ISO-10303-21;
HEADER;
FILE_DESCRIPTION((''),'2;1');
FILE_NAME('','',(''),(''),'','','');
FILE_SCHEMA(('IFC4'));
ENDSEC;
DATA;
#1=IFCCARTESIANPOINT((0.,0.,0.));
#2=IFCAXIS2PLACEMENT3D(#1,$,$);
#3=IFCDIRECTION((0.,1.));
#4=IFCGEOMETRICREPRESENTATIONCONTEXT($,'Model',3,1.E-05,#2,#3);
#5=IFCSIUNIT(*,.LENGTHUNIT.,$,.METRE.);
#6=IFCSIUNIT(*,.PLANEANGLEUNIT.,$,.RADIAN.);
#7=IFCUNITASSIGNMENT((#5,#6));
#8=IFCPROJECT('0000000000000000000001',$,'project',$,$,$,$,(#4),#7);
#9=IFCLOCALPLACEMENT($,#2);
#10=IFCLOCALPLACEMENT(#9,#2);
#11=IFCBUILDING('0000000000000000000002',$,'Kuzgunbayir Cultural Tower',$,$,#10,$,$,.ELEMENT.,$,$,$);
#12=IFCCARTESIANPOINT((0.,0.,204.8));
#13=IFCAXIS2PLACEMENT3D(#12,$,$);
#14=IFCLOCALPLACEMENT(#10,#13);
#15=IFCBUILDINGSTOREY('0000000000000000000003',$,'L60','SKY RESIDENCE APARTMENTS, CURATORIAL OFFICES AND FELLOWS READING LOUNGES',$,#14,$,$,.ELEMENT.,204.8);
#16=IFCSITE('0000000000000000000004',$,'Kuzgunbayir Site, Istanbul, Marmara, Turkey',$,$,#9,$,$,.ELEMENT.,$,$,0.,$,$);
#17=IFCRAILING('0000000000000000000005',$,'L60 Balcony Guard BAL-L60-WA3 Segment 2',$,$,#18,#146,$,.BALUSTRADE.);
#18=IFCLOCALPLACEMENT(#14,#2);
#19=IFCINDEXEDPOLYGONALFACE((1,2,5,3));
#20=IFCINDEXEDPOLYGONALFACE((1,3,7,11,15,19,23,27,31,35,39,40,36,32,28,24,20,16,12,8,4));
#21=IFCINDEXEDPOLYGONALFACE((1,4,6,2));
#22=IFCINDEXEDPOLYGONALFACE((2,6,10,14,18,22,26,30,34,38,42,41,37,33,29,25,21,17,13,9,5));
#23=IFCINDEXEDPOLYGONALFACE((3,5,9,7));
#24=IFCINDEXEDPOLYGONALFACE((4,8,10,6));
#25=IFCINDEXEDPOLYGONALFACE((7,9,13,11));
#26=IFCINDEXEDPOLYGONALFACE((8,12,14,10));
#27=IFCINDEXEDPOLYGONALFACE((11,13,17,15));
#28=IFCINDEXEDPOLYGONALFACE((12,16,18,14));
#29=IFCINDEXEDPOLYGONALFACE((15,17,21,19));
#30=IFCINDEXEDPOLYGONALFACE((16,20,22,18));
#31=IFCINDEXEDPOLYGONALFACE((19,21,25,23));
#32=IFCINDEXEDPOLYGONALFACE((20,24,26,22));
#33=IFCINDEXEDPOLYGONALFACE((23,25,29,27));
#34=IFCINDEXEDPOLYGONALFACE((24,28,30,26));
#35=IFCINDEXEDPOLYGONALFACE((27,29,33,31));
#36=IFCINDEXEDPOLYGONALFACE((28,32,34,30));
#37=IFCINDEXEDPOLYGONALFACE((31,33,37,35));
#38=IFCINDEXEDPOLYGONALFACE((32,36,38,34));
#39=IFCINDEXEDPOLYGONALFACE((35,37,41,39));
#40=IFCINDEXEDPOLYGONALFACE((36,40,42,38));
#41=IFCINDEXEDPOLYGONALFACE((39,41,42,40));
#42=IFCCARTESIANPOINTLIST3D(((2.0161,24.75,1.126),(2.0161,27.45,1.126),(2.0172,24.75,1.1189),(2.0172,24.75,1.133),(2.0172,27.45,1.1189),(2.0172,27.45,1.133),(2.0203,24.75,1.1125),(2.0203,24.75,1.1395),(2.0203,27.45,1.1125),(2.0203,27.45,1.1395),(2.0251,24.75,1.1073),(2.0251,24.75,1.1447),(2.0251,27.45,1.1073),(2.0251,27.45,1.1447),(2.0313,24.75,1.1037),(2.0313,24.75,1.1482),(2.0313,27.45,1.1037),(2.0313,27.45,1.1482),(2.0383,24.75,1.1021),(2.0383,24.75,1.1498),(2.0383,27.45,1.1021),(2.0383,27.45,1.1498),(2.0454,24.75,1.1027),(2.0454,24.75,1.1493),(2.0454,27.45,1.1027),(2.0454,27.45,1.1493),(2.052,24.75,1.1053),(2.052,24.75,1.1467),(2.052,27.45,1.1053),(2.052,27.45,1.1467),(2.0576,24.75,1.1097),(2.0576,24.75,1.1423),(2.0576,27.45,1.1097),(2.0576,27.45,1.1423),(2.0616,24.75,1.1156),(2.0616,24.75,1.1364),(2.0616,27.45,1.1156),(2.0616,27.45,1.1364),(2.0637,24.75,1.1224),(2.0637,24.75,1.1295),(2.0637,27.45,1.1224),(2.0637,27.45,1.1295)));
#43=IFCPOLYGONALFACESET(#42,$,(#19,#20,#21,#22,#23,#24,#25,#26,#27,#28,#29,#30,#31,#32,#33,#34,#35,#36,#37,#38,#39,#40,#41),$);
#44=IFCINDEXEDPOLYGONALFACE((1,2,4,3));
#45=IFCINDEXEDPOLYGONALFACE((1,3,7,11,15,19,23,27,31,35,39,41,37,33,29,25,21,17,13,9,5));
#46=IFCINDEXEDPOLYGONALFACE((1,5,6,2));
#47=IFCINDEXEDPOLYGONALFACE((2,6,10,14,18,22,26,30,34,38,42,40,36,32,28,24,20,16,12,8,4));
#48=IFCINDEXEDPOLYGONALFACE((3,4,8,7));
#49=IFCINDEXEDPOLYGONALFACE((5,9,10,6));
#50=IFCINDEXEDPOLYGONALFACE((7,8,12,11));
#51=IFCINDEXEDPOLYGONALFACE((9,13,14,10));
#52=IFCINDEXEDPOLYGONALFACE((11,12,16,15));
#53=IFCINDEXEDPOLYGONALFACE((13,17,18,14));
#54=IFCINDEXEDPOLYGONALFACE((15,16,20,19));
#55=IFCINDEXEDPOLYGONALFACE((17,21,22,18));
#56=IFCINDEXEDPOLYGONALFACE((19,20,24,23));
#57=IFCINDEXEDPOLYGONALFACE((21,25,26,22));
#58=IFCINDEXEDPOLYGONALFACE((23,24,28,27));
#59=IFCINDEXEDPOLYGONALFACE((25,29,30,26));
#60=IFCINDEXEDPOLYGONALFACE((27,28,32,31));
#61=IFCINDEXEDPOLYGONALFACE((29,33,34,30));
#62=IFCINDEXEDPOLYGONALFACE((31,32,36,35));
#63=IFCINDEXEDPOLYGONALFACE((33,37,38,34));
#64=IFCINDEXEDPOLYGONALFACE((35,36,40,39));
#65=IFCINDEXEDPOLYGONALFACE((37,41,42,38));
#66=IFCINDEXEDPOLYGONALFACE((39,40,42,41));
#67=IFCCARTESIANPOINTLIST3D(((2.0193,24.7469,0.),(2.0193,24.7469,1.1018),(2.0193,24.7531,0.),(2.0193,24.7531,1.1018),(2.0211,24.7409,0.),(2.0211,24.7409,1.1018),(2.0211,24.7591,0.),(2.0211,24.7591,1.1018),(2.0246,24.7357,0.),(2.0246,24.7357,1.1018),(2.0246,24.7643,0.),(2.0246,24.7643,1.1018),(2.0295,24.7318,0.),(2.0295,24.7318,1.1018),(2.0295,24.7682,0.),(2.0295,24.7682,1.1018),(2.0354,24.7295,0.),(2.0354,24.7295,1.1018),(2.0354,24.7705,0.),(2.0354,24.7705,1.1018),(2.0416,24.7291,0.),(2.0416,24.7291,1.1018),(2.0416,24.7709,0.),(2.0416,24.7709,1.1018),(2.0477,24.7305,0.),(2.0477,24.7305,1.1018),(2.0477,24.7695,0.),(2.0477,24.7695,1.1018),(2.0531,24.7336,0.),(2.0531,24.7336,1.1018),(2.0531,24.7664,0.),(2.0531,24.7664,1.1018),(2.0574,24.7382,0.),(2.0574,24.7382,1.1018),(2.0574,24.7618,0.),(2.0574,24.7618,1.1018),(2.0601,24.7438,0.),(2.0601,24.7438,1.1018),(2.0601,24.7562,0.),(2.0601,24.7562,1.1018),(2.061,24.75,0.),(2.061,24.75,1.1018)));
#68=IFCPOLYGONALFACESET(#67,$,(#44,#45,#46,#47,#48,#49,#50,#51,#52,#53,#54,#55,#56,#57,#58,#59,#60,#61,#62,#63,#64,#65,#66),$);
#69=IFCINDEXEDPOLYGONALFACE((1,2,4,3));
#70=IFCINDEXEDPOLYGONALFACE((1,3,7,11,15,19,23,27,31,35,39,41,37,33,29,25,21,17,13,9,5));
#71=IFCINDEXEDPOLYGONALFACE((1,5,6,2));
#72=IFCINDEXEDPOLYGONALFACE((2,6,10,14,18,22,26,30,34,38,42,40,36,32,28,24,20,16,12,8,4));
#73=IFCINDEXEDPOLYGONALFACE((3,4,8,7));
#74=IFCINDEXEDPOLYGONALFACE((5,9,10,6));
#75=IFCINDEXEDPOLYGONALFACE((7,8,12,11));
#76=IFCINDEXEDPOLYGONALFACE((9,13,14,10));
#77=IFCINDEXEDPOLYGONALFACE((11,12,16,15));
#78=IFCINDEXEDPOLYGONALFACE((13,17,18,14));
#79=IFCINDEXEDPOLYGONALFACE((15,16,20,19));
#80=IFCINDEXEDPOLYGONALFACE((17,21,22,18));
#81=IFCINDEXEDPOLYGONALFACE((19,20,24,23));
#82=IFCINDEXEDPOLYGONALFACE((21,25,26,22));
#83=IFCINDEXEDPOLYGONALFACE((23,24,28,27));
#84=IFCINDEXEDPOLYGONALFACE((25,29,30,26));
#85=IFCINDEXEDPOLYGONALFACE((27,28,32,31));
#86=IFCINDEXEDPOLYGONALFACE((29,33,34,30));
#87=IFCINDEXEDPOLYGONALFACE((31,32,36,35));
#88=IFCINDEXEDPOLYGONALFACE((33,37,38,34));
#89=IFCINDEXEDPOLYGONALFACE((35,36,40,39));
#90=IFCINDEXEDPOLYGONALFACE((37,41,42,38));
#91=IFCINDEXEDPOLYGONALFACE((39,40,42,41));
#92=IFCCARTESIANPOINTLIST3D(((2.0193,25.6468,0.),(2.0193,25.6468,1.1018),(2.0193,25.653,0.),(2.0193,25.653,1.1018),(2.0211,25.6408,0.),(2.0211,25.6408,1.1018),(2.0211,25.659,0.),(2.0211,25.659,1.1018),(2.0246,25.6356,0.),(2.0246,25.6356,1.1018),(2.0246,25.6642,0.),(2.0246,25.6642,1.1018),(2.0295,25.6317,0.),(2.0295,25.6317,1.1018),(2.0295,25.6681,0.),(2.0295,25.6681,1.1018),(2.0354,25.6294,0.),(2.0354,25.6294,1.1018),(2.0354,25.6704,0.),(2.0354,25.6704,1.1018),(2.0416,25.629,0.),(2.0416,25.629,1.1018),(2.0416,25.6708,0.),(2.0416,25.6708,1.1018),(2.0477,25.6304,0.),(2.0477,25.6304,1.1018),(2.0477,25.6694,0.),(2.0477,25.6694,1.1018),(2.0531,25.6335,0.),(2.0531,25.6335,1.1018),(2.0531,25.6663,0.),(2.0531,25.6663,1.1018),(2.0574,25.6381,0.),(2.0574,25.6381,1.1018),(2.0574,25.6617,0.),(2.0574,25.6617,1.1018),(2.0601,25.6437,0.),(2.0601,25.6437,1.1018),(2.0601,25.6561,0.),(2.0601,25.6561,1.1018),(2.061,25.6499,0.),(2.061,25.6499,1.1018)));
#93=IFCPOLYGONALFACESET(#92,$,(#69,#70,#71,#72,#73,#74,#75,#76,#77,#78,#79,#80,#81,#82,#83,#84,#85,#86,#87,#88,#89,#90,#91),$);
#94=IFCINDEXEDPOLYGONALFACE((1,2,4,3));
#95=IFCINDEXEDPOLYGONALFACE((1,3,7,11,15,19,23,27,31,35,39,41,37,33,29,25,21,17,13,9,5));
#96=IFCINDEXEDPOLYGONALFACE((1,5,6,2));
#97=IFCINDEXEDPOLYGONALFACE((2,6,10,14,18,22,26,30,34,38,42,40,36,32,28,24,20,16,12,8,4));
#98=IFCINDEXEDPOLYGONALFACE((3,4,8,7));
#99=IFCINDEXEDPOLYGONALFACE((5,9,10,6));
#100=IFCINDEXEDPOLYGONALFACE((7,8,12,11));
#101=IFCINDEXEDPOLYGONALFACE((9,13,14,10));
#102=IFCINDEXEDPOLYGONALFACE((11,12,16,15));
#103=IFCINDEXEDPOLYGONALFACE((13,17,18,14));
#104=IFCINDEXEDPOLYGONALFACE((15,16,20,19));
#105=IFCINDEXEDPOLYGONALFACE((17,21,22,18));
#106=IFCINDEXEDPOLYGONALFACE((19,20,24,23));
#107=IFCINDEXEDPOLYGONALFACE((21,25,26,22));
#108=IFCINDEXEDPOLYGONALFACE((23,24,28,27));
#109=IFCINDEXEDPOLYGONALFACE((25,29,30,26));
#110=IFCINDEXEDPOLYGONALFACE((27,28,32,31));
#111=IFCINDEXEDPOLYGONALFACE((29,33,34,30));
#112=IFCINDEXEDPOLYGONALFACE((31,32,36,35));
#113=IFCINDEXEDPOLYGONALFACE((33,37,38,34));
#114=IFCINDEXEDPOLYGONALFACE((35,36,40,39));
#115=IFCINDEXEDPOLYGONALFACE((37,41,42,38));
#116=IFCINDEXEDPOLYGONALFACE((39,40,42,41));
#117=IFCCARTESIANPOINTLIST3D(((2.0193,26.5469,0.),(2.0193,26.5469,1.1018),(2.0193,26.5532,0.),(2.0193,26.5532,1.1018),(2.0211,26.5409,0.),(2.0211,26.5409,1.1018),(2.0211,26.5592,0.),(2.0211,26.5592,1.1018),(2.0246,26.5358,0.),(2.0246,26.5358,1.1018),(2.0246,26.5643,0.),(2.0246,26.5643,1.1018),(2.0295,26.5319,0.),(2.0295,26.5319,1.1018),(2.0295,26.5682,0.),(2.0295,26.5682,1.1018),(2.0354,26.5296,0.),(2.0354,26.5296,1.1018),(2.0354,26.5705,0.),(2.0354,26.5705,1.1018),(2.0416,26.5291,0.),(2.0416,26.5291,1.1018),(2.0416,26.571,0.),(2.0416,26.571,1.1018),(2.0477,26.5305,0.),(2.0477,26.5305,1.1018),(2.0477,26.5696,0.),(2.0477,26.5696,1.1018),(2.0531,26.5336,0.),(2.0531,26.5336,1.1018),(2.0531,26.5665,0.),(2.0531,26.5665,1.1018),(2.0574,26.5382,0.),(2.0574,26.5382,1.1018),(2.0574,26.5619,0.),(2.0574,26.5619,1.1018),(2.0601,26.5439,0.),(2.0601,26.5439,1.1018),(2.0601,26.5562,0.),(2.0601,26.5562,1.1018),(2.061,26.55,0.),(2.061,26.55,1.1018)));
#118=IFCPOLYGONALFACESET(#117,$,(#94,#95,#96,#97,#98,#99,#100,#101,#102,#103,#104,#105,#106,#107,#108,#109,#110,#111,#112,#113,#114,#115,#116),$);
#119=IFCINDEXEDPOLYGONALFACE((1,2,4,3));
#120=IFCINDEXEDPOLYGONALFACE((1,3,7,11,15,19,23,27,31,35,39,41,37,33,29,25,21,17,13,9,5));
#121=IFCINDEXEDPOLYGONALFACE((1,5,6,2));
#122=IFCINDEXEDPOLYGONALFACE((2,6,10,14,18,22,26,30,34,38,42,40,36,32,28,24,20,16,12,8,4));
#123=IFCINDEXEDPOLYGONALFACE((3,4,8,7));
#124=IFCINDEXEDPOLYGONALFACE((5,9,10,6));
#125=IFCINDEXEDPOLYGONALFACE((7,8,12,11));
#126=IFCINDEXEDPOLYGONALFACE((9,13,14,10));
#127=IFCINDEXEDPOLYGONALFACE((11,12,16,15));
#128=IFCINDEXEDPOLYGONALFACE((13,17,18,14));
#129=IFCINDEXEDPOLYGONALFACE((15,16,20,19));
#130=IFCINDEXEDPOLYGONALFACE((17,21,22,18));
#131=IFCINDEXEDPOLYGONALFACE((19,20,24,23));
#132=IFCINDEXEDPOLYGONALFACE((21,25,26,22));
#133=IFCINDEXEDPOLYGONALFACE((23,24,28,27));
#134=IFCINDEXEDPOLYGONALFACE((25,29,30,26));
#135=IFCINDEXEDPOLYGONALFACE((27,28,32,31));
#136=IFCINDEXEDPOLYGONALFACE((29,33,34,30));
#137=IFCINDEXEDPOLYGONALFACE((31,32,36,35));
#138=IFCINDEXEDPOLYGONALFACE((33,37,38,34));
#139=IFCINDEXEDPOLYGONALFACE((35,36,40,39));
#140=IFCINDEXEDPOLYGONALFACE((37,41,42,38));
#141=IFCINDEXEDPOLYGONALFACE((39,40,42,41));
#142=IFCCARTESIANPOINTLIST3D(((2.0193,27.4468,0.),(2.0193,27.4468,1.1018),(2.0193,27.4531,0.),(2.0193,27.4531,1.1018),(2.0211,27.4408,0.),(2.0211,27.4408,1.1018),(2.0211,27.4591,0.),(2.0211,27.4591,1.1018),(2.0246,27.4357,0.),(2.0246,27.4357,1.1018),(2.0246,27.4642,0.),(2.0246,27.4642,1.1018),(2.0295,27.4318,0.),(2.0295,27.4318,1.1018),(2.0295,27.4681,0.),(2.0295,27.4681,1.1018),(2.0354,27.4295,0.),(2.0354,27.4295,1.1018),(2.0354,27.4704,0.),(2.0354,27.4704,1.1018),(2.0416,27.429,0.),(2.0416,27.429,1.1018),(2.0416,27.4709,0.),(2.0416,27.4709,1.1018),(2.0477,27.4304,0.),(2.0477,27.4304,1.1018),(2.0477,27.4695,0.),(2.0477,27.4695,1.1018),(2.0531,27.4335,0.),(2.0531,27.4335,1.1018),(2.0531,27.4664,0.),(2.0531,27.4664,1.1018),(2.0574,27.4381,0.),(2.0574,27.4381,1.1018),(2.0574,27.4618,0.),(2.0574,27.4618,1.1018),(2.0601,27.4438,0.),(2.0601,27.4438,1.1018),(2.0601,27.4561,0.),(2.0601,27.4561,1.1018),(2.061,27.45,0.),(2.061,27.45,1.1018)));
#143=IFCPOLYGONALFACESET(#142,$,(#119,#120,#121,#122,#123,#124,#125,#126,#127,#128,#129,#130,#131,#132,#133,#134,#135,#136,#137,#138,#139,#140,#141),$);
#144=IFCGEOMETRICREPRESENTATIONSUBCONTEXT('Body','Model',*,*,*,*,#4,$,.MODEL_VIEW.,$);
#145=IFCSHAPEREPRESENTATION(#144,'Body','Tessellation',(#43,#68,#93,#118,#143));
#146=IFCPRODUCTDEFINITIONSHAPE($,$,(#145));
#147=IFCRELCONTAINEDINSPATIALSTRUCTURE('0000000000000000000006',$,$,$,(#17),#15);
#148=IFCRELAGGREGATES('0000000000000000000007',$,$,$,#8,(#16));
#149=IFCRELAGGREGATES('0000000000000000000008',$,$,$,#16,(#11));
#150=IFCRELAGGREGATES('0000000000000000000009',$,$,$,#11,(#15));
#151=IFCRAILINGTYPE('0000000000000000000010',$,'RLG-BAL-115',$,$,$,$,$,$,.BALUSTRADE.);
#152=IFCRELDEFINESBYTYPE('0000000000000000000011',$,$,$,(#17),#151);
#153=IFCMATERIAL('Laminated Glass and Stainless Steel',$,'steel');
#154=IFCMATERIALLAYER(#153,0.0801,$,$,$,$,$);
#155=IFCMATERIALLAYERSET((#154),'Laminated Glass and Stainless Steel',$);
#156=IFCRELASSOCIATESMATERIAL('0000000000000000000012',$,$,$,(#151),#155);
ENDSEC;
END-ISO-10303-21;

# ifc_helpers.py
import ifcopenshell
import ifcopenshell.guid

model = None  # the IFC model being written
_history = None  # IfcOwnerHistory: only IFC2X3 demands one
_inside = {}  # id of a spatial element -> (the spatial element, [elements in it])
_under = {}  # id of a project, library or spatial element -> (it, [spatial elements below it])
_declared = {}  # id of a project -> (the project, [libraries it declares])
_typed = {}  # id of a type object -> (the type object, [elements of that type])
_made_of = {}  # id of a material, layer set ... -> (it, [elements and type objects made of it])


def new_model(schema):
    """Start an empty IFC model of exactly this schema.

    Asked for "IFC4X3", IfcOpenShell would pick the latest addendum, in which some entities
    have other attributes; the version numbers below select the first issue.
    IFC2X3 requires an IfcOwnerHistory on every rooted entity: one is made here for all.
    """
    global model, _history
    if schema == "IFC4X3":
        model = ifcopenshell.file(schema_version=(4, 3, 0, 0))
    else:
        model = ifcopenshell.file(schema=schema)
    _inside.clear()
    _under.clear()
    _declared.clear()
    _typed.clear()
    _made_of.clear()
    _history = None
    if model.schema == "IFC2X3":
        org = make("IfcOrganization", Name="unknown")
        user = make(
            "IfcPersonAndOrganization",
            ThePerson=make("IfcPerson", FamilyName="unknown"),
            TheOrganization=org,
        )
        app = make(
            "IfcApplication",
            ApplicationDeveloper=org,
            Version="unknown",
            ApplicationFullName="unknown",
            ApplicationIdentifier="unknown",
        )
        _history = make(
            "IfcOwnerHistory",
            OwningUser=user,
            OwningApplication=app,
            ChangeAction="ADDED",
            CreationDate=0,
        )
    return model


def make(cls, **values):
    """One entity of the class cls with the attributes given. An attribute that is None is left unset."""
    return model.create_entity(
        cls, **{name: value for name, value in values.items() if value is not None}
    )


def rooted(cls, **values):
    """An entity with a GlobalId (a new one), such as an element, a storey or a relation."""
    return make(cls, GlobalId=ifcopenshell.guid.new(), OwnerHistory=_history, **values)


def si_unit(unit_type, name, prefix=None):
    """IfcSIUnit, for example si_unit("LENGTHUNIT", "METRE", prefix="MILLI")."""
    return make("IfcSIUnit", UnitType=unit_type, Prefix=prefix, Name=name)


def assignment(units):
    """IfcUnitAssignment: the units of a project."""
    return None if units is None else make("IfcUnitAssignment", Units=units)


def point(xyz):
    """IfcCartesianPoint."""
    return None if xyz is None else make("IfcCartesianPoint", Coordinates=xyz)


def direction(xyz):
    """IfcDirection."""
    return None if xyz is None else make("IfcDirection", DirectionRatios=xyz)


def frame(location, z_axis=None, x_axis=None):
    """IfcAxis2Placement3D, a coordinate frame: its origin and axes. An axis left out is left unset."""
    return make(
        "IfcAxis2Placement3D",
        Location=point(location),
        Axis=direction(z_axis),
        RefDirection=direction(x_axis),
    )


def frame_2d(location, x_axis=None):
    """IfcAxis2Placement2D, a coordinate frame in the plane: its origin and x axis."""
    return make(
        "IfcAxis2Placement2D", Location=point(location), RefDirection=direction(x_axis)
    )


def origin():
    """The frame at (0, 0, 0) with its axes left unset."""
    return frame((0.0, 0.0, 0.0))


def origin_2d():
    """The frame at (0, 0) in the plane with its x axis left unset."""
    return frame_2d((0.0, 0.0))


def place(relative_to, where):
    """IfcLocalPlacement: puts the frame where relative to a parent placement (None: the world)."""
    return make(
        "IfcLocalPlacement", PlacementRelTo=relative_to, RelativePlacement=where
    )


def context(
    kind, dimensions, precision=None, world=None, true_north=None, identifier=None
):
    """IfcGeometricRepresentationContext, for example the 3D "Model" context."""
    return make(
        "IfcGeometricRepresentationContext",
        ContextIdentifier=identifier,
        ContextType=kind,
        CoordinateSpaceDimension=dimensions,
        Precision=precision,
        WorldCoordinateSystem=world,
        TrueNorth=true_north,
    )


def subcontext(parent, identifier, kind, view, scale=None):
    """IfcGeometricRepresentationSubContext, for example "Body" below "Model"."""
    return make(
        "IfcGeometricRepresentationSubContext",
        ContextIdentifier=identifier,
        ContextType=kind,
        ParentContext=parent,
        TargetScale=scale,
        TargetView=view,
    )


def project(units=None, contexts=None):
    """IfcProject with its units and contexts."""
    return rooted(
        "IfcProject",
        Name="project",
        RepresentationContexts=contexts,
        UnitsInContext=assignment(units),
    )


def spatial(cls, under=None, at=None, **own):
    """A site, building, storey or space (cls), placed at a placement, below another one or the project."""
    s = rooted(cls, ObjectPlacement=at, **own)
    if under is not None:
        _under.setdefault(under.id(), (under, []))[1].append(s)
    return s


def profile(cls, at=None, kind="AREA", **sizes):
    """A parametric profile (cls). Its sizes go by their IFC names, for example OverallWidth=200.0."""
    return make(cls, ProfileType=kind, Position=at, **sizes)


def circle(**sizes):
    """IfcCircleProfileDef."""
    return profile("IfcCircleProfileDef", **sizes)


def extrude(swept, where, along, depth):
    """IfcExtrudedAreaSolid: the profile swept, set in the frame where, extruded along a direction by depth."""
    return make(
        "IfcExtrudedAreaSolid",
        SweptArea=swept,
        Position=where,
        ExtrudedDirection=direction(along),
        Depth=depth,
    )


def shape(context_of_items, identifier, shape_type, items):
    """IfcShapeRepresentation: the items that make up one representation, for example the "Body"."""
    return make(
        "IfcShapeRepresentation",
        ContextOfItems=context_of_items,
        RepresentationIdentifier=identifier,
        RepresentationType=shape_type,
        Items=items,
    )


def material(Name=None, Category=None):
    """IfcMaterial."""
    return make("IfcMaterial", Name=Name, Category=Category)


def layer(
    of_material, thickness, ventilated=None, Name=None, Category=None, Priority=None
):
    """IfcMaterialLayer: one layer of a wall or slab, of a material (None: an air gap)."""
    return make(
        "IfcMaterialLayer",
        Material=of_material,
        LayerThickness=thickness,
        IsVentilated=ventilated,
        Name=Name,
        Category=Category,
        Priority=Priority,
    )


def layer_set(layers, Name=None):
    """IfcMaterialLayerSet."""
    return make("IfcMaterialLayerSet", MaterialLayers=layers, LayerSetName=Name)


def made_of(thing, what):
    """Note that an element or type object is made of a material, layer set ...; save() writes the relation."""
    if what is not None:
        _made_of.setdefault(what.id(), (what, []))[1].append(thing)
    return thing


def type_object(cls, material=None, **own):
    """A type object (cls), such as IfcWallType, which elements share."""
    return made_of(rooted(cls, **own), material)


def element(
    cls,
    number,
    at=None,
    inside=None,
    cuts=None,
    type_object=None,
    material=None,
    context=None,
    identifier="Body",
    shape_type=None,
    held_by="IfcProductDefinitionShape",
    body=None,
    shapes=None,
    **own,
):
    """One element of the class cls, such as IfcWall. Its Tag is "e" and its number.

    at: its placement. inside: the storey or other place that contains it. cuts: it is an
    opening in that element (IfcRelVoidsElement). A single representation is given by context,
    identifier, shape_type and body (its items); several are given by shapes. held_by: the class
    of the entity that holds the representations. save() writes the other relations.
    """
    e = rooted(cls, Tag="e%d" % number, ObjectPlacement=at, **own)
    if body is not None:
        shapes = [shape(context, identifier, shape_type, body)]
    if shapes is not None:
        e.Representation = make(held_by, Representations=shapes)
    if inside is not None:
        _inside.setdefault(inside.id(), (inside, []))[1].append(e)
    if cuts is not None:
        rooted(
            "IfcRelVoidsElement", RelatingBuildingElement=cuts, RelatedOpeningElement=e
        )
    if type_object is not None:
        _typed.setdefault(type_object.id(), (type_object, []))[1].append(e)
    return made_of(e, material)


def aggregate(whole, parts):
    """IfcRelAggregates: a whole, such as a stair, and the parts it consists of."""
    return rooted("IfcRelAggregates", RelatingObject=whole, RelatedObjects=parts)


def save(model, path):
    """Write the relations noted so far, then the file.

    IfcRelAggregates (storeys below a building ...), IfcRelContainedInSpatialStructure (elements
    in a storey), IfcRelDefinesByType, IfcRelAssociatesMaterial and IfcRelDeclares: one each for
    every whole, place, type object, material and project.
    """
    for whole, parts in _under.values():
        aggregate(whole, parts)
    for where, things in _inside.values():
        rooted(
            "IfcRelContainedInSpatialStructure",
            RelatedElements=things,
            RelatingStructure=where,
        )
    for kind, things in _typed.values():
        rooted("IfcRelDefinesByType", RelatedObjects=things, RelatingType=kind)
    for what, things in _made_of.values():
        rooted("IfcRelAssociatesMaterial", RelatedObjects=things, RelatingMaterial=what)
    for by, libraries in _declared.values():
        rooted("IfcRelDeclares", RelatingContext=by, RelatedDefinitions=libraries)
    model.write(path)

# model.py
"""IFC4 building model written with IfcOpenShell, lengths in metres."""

from ifc_helpers import new_model, si_unit, direction, frame, origin, origin_2d, place, context, subcontext, project, spatial, circle, extrude, material, layer, layer_set, type_object, element, save


model = new_model("IFC4")

# Units and contexts
model_context = context("Model", 3, precision=1e-05, world=origin(), true_north=direction((0.0, 1.0)))
body_context = subcontext(model_context, "Body", "Model", "MODEL_VIEW")
ifc_project = project(units=[si_unit("LENGTHUNIT", "METRE"), si_unit("PLANEANGLEUNIT", "RADIAN")], contexts=[model_context])

# Site, building, storey
site_placement = place(None, origin())
site = spatial("IfcSite", under=ifc_project, at=site_placement, Name="Kuzgunbayir Site, Istanbul, Marmara, Turkey", CompositionType="ELEMENT", RefElevation=0.0)
building_placement = place(site_placement, origin())
building = spatial("IfcBuilding", under=site, at=building_placement, Name="Kuzgunbayir Cultural Tower", CompositionType="ELEMENT")
storey_placement = place(building_placement, frame((0.0, 0.0, 204.8)))
storey = spatial("IfcBuildingStorey", under=building, at=storey_placement, Name="L60", Description="SKY RESIDENCE APARTMENTS, CURATORIAL OFFICES AND FELLOWS READING LOUNGES", CompositionType="ELEMENT", Elevation=204.8)

# Railing
ifc_material_1 = material(Name="Laminated Glass and Stainless Steel", Category="steel")
ifc_layer_1 = layer(ifc_material_1, 0.0801)
ifc_layer_set_1 = layer_set([ifc_layer_1], Name="Laminated Glass and Stainless Steel")
railing_type = type_object("IfcRailingType", Name="RLG-BAL-115", PredefinedType="BALUSTRADE", material=ifc_layer_set_1)
railing_1_placement = place(storey_placement, frame((2.04, 24.75, 0.0)))
element("IfcRailing", 1, at=railing_1_placement, inside=storey, type_object=railing_type, Name="L60 Balcony Guard BAL-L60-WA3 Segment 2", PredefinedType="BALUSTRADE", context=body_context, shape_type="SweptSolid", body=[
    extrude(circle(Radius=0.0239, at=origin_2d()), frame((0.0, 0.0, 1.126), z_axis=(0.0, 1.0, 0.0), x_axis=(-1.0, 0.0, 0.0)), (0.0, 0.0, 1.0), 2.7),
    extrude(circle(Radius=0.021, at=origin_2d()), origin(), (0.0, 0.0, 1.0), 1.1018),
    extrude(circle(Radius=0.021, at=origin_2d()), frame((0.0, 0.8999, 0.0)), (0.0, 0.0, 1.0), 1.1018),
    extrude(circle(Radius=0.021, at=origin_2d()), frame((0.0, 1.8, 0.0)), (0.0, 0.0, 1.0), 1.1018),
    extrude(circle(Radius=0.021, at=origin_2d()), frame((0.0, 2.7, 0.0)), (0.0, 0.0, 1.0), 1.1018),
])

save(model, "model.ifc")
